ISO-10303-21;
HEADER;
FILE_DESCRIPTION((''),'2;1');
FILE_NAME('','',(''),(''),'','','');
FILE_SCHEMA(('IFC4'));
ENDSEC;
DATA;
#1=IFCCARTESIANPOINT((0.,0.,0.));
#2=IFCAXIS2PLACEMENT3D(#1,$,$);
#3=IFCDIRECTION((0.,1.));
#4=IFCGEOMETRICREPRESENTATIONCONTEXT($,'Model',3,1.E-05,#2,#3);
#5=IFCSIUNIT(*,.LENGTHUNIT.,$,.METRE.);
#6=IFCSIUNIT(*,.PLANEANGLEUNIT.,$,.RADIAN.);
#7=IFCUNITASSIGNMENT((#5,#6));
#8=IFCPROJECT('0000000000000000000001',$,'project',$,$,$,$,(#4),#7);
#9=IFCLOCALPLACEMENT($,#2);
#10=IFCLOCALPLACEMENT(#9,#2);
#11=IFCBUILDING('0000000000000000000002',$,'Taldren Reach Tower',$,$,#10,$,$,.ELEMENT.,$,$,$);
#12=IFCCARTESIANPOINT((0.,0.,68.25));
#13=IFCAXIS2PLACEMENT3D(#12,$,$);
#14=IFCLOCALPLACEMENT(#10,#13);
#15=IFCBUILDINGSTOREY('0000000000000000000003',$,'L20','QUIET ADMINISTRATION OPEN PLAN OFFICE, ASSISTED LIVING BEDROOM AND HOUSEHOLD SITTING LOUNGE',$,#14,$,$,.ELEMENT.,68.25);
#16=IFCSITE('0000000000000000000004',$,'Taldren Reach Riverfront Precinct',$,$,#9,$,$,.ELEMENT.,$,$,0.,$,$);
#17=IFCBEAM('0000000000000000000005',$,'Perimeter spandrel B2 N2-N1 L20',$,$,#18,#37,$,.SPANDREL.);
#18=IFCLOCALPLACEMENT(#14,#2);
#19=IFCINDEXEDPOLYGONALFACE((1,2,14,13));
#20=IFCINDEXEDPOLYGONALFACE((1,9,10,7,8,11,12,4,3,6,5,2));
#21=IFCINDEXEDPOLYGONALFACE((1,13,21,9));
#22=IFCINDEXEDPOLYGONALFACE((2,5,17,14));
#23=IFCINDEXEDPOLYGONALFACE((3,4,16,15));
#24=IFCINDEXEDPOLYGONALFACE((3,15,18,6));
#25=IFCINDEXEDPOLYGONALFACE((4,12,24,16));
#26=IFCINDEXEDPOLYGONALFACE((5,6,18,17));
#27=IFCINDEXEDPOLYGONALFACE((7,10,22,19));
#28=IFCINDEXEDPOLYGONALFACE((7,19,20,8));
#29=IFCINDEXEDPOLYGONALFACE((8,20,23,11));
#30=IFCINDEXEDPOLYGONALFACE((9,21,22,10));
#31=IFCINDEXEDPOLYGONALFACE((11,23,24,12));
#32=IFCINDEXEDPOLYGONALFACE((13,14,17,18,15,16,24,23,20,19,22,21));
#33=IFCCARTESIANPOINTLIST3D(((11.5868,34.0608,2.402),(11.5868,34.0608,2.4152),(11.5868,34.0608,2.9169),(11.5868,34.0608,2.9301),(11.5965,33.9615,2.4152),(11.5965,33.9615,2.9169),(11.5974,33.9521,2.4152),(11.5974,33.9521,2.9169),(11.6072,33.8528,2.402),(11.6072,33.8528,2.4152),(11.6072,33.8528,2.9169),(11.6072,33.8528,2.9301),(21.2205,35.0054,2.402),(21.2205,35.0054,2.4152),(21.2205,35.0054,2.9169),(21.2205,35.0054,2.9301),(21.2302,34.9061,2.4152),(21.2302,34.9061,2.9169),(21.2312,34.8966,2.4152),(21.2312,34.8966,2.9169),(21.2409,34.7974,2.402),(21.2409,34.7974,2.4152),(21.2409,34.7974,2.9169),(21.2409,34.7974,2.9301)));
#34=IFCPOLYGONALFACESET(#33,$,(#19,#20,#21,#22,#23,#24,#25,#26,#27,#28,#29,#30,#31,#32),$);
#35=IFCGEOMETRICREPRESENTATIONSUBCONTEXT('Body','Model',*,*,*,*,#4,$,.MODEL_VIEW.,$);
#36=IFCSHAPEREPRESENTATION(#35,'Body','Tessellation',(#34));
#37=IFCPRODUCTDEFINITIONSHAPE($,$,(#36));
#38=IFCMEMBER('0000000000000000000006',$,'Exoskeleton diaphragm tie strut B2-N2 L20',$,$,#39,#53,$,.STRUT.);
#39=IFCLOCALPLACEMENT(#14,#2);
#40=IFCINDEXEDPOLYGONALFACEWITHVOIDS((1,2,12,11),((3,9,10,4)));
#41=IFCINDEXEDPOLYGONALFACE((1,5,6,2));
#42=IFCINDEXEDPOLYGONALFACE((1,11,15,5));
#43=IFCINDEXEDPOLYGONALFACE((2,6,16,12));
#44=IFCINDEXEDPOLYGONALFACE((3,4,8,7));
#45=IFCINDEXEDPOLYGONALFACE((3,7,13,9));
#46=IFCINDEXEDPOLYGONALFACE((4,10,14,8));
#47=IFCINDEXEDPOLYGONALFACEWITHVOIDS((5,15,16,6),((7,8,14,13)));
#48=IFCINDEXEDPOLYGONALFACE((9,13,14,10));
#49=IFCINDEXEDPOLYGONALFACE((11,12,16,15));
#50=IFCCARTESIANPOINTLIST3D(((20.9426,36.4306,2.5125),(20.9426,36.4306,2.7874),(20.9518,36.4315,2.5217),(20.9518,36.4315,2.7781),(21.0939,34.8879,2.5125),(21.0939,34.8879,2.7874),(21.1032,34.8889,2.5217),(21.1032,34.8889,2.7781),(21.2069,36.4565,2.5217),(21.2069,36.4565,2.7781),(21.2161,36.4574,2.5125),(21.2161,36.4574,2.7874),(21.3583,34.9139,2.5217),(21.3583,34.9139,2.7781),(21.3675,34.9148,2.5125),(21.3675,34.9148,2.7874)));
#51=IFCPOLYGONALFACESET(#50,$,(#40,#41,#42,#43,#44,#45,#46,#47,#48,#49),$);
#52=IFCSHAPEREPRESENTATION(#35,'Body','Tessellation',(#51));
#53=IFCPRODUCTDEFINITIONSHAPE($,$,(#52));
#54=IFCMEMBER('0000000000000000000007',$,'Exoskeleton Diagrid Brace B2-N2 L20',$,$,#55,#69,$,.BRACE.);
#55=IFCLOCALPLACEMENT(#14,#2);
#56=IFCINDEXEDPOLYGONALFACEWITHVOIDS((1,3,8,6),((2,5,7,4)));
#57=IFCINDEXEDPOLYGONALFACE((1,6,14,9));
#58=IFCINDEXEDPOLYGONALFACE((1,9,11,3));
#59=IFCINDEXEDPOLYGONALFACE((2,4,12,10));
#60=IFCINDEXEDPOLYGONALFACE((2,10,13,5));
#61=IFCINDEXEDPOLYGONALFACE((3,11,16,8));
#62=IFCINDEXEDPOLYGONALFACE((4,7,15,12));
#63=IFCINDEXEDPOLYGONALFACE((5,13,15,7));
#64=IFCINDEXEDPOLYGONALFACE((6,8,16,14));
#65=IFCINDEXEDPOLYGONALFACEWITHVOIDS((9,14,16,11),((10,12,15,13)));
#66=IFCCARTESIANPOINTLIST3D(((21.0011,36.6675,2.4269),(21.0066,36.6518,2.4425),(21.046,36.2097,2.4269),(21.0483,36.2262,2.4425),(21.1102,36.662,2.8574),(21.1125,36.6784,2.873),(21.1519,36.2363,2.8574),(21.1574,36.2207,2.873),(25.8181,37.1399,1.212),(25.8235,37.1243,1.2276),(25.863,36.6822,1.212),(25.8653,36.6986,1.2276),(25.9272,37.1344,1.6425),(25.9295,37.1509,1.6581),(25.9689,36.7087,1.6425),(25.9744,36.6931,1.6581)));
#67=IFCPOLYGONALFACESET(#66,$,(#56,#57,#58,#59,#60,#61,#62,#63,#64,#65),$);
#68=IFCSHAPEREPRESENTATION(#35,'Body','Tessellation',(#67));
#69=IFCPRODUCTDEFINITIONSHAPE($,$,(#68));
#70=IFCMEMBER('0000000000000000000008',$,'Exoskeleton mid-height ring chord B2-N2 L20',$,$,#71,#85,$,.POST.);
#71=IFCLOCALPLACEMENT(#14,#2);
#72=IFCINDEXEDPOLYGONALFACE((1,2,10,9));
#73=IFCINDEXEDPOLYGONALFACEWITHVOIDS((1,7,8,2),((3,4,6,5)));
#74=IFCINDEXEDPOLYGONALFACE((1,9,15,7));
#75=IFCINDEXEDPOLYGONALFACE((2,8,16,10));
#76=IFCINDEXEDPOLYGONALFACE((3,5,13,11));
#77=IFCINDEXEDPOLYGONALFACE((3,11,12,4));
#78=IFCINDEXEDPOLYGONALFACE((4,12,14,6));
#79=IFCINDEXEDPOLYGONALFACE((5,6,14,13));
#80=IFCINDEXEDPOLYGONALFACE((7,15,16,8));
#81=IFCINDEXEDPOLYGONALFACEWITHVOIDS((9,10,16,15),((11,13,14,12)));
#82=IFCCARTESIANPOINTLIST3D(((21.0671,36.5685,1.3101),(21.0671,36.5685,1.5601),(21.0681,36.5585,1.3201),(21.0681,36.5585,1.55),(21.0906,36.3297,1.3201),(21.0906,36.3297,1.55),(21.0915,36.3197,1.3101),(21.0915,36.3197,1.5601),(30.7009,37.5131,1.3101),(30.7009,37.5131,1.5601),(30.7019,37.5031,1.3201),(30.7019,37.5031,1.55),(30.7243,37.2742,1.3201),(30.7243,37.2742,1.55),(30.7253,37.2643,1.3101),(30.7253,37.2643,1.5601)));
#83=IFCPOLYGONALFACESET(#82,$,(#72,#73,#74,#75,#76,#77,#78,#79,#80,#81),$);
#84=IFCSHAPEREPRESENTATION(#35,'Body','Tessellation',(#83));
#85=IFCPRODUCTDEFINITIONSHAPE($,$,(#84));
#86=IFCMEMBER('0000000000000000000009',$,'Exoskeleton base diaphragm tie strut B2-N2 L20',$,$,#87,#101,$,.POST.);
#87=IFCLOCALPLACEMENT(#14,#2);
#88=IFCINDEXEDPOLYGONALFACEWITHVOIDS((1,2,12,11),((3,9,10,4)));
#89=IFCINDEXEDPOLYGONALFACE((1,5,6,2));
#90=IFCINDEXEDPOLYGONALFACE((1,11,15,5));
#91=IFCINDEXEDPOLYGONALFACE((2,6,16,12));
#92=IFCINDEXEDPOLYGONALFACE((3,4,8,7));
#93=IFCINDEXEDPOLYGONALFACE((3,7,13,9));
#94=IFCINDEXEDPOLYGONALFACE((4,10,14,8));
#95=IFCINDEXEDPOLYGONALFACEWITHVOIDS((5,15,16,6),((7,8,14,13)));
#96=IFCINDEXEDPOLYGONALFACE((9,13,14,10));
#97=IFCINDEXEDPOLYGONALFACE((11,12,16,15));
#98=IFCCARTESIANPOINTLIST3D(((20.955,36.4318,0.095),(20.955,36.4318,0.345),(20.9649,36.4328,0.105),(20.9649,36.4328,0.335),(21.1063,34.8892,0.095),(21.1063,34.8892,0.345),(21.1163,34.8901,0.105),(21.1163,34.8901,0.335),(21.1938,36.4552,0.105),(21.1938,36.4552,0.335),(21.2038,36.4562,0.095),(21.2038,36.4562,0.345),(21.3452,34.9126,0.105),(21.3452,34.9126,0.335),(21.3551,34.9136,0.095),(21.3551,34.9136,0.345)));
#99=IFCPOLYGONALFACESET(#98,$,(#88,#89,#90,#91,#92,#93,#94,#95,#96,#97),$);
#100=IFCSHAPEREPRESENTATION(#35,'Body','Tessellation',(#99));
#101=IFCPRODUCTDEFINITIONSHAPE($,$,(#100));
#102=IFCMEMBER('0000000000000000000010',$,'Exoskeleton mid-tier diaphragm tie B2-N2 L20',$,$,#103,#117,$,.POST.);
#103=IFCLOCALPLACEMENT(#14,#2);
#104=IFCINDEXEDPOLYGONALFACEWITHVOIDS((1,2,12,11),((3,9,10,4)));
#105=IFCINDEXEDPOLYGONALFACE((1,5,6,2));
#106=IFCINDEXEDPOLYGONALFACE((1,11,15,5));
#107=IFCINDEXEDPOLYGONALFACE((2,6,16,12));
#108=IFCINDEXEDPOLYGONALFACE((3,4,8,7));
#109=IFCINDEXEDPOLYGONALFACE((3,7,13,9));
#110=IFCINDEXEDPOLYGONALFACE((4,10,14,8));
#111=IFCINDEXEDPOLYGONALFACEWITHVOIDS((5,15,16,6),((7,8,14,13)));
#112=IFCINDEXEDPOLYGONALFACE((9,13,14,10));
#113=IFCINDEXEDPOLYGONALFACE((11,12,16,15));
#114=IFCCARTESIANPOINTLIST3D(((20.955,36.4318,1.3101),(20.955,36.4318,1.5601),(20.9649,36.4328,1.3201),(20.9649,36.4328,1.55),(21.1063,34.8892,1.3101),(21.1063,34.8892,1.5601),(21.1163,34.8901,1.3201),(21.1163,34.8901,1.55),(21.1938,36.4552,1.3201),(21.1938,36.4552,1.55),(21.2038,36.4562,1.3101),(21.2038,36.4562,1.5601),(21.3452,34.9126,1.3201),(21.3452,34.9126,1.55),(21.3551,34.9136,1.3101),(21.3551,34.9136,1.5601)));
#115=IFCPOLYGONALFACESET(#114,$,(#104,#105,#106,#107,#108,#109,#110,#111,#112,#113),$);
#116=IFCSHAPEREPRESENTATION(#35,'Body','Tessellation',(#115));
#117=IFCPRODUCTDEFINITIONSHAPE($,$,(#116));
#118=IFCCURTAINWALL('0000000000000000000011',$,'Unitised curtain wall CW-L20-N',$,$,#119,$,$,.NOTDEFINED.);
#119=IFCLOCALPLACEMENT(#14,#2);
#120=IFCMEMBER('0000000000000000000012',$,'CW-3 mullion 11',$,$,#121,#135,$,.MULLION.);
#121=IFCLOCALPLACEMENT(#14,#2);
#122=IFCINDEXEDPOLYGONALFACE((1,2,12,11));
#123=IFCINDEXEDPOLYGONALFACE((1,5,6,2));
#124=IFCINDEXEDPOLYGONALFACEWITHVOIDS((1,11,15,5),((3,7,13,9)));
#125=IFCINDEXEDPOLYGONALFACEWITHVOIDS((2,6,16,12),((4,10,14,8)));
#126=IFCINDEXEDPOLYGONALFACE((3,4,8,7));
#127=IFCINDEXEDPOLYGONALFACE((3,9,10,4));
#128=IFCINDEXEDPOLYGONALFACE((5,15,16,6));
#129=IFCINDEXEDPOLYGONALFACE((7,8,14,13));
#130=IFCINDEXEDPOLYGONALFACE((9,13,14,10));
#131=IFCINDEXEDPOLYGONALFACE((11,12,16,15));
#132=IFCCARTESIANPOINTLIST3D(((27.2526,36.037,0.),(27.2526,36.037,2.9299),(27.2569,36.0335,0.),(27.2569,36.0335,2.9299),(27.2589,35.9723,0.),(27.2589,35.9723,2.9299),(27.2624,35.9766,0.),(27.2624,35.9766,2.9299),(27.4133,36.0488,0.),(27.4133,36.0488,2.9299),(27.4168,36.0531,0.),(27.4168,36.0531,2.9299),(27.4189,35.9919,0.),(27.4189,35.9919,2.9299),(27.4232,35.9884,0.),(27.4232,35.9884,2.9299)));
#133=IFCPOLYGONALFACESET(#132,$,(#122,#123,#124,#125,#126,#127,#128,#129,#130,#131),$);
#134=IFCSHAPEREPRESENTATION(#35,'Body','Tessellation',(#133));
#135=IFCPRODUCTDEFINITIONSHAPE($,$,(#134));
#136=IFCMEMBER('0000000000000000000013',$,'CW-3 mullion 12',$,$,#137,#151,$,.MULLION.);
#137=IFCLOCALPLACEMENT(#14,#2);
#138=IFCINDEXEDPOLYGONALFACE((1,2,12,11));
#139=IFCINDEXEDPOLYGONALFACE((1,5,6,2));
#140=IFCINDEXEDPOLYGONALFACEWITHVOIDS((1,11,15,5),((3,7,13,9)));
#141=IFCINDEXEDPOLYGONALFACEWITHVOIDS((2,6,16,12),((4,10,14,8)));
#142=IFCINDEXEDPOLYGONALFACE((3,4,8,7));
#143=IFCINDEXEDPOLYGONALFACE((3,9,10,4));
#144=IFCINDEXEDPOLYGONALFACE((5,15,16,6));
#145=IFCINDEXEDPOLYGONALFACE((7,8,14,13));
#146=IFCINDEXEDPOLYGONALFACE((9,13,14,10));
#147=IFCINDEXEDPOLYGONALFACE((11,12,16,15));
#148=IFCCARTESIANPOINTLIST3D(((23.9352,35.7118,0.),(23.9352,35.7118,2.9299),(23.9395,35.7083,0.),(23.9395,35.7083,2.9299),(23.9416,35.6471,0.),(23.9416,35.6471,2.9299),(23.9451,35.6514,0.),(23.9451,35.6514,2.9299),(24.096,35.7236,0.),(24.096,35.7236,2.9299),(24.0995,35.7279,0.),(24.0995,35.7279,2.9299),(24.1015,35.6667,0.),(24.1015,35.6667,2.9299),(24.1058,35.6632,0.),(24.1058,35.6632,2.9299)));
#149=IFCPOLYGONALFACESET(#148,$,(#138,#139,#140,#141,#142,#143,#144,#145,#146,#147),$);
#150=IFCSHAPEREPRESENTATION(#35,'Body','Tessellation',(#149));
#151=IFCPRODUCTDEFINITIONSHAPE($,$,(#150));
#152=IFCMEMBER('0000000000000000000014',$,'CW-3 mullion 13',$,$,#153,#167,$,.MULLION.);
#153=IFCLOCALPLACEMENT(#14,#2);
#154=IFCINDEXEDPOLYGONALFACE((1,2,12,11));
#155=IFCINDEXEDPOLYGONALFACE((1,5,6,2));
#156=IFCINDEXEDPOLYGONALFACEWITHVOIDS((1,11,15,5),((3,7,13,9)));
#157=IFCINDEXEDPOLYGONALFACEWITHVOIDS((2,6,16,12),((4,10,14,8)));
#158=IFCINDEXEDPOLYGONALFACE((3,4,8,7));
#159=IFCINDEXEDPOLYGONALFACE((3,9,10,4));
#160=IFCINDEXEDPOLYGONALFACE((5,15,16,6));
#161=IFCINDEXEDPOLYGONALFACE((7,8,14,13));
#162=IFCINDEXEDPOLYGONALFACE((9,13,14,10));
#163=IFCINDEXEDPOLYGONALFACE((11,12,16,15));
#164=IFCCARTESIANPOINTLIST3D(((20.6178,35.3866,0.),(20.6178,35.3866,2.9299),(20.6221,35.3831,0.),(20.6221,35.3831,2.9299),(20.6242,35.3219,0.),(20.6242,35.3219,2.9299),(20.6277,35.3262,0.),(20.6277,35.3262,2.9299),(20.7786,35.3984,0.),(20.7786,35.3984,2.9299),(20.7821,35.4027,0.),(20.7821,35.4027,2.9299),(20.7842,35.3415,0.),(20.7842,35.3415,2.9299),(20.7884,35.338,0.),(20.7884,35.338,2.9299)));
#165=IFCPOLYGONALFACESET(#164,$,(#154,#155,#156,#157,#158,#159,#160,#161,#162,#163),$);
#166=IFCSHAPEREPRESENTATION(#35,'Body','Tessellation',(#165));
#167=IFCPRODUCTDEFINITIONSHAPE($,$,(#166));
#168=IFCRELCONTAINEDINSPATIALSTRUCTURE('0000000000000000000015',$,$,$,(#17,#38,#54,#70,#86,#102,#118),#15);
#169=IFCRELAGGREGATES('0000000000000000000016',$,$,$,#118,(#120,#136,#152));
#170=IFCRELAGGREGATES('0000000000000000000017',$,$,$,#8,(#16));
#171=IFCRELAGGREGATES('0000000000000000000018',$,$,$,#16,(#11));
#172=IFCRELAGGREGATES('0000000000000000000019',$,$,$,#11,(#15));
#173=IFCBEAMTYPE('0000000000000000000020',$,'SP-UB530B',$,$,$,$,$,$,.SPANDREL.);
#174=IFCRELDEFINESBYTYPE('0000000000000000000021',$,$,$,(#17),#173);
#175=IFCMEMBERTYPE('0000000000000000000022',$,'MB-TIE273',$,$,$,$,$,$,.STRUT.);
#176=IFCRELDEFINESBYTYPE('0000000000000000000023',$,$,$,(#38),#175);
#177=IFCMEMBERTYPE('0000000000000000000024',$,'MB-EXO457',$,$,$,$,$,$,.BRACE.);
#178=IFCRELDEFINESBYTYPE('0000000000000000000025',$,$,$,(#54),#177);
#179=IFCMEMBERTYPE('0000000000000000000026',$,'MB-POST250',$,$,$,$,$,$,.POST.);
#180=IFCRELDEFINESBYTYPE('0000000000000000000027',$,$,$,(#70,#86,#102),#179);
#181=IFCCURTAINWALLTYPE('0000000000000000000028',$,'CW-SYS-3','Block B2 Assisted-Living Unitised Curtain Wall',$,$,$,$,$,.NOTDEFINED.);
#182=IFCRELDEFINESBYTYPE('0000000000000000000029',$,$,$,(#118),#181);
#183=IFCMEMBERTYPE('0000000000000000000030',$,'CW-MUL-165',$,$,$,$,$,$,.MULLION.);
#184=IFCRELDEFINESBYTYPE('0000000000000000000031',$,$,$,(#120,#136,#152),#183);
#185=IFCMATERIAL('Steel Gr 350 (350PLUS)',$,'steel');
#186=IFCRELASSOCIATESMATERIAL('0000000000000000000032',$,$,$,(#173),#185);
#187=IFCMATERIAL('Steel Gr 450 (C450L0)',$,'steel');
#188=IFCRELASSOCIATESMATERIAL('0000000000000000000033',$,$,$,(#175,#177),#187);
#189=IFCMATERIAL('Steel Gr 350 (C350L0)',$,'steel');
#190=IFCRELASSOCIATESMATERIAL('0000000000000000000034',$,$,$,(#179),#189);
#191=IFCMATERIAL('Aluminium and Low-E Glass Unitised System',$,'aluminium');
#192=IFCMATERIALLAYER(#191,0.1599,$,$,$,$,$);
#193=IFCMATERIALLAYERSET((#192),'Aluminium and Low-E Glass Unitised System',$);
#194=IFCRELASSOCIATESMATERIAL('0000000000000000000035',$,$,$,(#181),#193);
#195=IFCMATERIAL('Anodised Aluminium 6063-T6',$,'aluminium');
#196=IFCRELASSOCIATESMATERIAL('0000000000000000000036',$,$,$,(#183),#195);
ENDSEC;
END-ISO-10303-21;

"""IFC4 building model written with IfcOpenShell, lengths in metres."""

from ifc_helpers import new_model, si_unit, direction, frame, origin, origin_2d, place, context, subcontext, project, spatial, hollow_rectangle, i_section, extrude, source, transform, mapped, material, layer, layer_set, material_profile, profile_set, type_object, element, aggregate, save


model = new_model("IFC4")

# Units and contexts
model_context = context("Model", 3, precision=1e-05, world=origin(), true_north=direction((0.0, 1.0)))
body_context = subcontext(model_context, "Body", "Model", "MODEL_VIEW")
ifc_project = project(units=[si_unit("LENGTHUNIT", "METRE"), si_unit("PLANEANGLEUNIT", "RADIAN")], contexts=[model_context])

# Site, building, storey
site_placement = place(None, origin())
site = spatial("IfcSite", under=ifc_project, at=site_placement, Name="Taldren Reach Riverfront Precinct", CompositionType="ELEMENT", RefElevation=0.0)
building_placement = place(site_placement, origin())
building = spatial("IfcBuilding", under=site, at=building_placement, Name="Taldren Reach Tower", CompositionType="ELEMENT")
storey_placement = place(building_placement, frame((0.0, 0.0, 68.25)))
storey = spatial("IfcBuildingStorey", under=building, at=storey_placement, Name="L20", Description="QUIET ADMINISTRATION OPEN PLAN OFFICE, ASSISTED LIVING BEDROOM AND HOUSEHOLD SITTING LOUNGE", CompositionType="ELEMENT", Elevation=68.25)

# Beam
ifc_material_1 = material(Name="Steel Gr 350 (350PLUS)", Category="steel")
ifc_material_profile_1 = material_profile(ifc_material_1, i_section(OverallWidth=0.209, OverallDepth=0.5281, WebThickness=0.0095, FlangeThickness=0.0132, at=origin_2d()), Name="530UB82.0")
ifc_profile_set_1 = profile_set([ifc_material_profile_1], Name="Steel Gr 350 (350PLUS)")
beam_type = type_object("IfcBeamType", Name="SP-UB530B", PredefinedType="SPANDREL", material=ifc_profile_set_1)
shared_shape_1 = source(origin(), body_context, "Body", "SweptSolid", [
    extrude(i_section(OverallWidth=0.209, OverallDepth=0.5281, WebThickness=0.0095, FlangeThickness=0.0132, at=origin_2d()), origin(), (0.0, 0.0, 1.0), 9.6799),
])
beam_placement = place(storey_placement, frame((21.2307, 34.9014, 2.666), z_axis=(-0.995228, -0.097581, 0.0), x_axis=(0.097581, -0.995228, 0.0)))
element("IfcBeam", 1, at=beam_placement, inside=storey, type_object=beam_type, Name="Perimeter spandrel B2 N2-N1 L20", PredefinedType="SPANDREL", context=body_context, shape_type="MappedRepresentation", body=[
    mapped(shared_shape_1, transform((0.0, 0.0, 0.0), scale=1.0)),
])

# Members
ifc_material_2 = material(Name="Steel Gr 450 (C450L0)", Category="steel")
ifc_material_profile_2 = material_profile(ifc_material_2, hollow_rectangle(XDim=0.2749, YDim=0.2749, WallThickness=0.0093, at=origin_2d()), Name="275x275x9.3SHS")
ifc_profile_set_2 = profile_set([ifc_material_profile_2], Name="Steel Gr 450 (C450L0)")
member_type_1 = type_object("IfcMemberType", Name="MB-TIE273", PredefinedType="STRUT", material=ifc_profile_set_2)
shared_shape_2 = source(origin(), body_context, "Body", "SweptSolid", [
    extrude(hollow_rectangle(XDim=0.2749, YDim=0.2749, WallThickness=0.0093, at=origin_2d()), origin(), (0.0, 0.0, 1.0), 1.55),
])
member_1_placement = place(storey_placement, frame((21.2307, 34.9014, 2.6499), z_axis=(-0.097648, 0.995221, 0.0), x_axis=(-0.995221, -0.097648, 0.0)))
element("IfcMember", 2, at=member_1_placement, inside=storey, type_object=member_type_1, Name="Exoskeleton diaphragm tie strut B2-N2 L20", PredefinedType="STRUT", context=body_context, shape_type="MappedRepresentation", body=[
    mapped(shared_shape_2, transform((0.0, 0.0, 0.0), scale=1.0)),
])
ifc_material_profile_3 = material_profile(ifc_material_2, hollow_rectangle(XDim=0.46, YDim=0.46, WallThickness=0.0161, at=origin_2d()), Name="460x460x16.0SHS")
ifc_profile_set_3 = profile_set([ifc_material_profile_3], Name="Steel Gr 450 (C450L0)")
member_type_2 = type_object("IfcMemberType", Name="MB-EXO457", PredefinedType="BRACE", material=ifc_profile_set_3)
shared_shape_3 = source(origin(), body_context, "Body", "SweptSolid", [
    extrude(hollow_rectangle(XDim=0.46, YDim=0.46, WallThickness=0.0161, at=origin_2d()), origin(), (0.0, 0.0, 1.0), 4.9902),
])
member_2_placement = place(storey_placement, frame((25.8962, 36.9165, 1.4351), z_axis=(-0.965283, -0.094669, 0.243449), x_axis=(0.097606, -0.995225, 0.0)))
element("IfcMember", 3, at=member_2_placement, inside=storey, type_object=member_type_2, Name="Exoskeleton Diagrid Brace B2-N2 L20", PredefinedType="BRACE", context=body_context, shape_type="MappedRepresentation", body=[
    mapped(shared_shape_3, transform((0.0, 0.0, 0.0), scale=1.0)),
])
ifc_material_3 = material(Name="Steel Gr 350 (C350L0)", Category="steel")
ifc_material_profile_4 = material_profile(ifc_material_3, hollow_rectangle(XDim=0.25, YDim=0.25, WallThickness=0.01, at=origin_2d()), Name="250x250x10.0SHS")
ifc_profile_set_4 = profile_set([ifc_material_profile_4], Name="Steel Gr 350 (C350L0)")
member_type_3 = type_object("IfcMemberType", Name="MB-POST250", PredefinedType="POST", material=ifc_profile_set_4)
shared_shape_4 = source(origin(), body_context, "Body", "SweptSolid", [
    extrude(hollow_rectangle(XDim=0.25, YDim=0.25, WallThickness=0.01, at=origin_2d()), origin(), (0.0, 0.0, 1.0), 9.6799),
])
member_3_placement = place(storey_placement, frame((21.0793, 36.4441, 1.4351), z_axis=(0.995228, 0.097581, 0.0), x_axis=(-0.097581, 0.995228, 0.0)))
element("IfcMember", 4, at=member_3_placement, inside=storey, type_object=member_type_3, Name="Exoskeleton mid-height ring chord B2-N2 L20", PredefinedType="POST", context=body_context, shape_type="MappedRepresentation", body=[
    mapped(shared_shape_4, transform((0.0, 0.0, 0.0), scale=1.0)),
])
shared_shape_5 = source(origin(), body_context, "Body", "SweptSolid", [
    extrude(hollow_rectangle(XDim=0.25, YDim=0.25, WallThickness=0.01, at=origin_2d()), origin(), (0.0, 0.0, 1.0), 1.55),
])
for number, where, z_axis, x_axis, name in (
    (5, (21.2307, 34.9014, 0.22), (-0.097648, 0.995221, 0.0), (-0.995221, -0.097648, 0.0), "Exoskeleton base diaphragm tie strut B2-N2 L20"),
    (6, (21.2307, 34.9014, 1.4351), (-0.097648, 0.995221, 0.0), (-0.995221, -0.097648, 0.0), "Exoskeleton mid-tier diaphragm tie B2-N2 L20"),
):
    element("IfcMember", number, at=place(storey_placement, frame(where, z_axis=z_axis, x_axis=x_axis)), inside=storey, type_object=member_type_3, Name=name, PredefinedType="POST", context=body_context, shape_type="MappedRepresentation", body=[
        mapped(shared_shape_5, transform((0.0, 0.0, 0.0), scale=1.0)),
    ])

# Curtain wall, members
ifc_material_4 = material(Name="Aluminium and Low-E Glass Unitised System", Category="aluminium")
ifc_layer_1 = layer(ifc_material_4, 0.1599)
ifc_layer_set_1 = layer_set([ifc_layer_1], Name="Aluminium and Low-E Glass Unitised System")
curtain_wall_type = type_object("IfcCurtainWallType", Name="CW-SYS-3", Description="Block B2 Assisted-Living Unitised Curtain Wall", PredefinedType="NOTDEFINED", material=ifc_layer_set_1)
curtain_wall_placement = place(storey_placement, origin())
curtain_wall = element("IfcCurtainWall", 7, at=curtain_wall_placement, inside=storey, type_object=curtain_wall_type, Name="Unitised curtain wall CW-L20-N", PredefinedType="NOTDEFINED")
ifc_material_5 = material(Name="Anodised Aluminium 6063-T6", Category="aluminium")
ifc_material_profile_5 = material_profile(ifc_material_5, hollow_rectangle(XDim=0.0649, YDim=0.165, WallThickness=0.0039, at=origin_2d()), Name="ALU-165x65x4RHS")
ifc_profile_set_5 = profile_set([ifc_material_profile_5], Name="Anodised Aluminium 6063-T6")
member_type_4 = type_object("IfcMemberType", Name="CW-MUL-165", PredefinedType="MULLION", material=ifc_profile_set_5)
shared_shape_6 = source(origin(), body_context, "Body", "SweptSolid", [
    extrude(hollow_rectangle(XDim=0.0649, YDim=0.165, WallThickness=0.0039, at=origin_2d()), origin(), (0.0, 0.0, 1.0), 2.9299),
])
member_4_placement = place(storey_placement, frame((27.3379, 36.0127, 0.0), z_axis=(0.0, 0.0, 1.0), x_axis=(0.097583, -0.995227, 0.0)))
member_4 = element("IfcMember", 8, at=member_4_placement, type_object=member_type_4, Name="CW-3 mullion 11", PredefinedType="MULLION", context=body_context, shape_type="MappedRepresentation", body=[
    mapped(shared_shape_6, transform((0.0, 0.0, 0.0), scale=1.0)),
])
member_5_placement = place(storey_placement, frame((24.0205, 35.6875, 0.0), z_axis=(0.0, 0.0, 1.0), x_axis=(0.097583, -0.995227, 0.0)))
member_5 = element("IfcMember", 9, at=member_5_placement, type_object=member_type_4, Name="CW-3 mullion 12", PredefinedType="MULLION", context=body_context, shape_type="MappedRepresentation", body=[
    mapped(shared_shape_6, transform((0.0, 0.0, 0.0), scale=1.0)),
])
member_6_placement = place(storey_placement, frame((20.7031, 35.3623, 0.0), z_axis=(0.0, 0.0, 1.0), x_axis=(0.097583, -0.995227, 0.0)))
member_6 = element("IfcMember", 10, at=member_6_placement, type_object=member_type_4, Name="CW-3 mullion 13", PredefinedType="MULLION", context=body_context, shape_type="MappedRepresentation", body=[
    mapped(shared_shape_6, transform((0.0, 0.0, 0.0), scale=1.0)),
])

aggregate(curtain_wall, [member_4, member_5, member_6])

save(model, "model.ifc")
